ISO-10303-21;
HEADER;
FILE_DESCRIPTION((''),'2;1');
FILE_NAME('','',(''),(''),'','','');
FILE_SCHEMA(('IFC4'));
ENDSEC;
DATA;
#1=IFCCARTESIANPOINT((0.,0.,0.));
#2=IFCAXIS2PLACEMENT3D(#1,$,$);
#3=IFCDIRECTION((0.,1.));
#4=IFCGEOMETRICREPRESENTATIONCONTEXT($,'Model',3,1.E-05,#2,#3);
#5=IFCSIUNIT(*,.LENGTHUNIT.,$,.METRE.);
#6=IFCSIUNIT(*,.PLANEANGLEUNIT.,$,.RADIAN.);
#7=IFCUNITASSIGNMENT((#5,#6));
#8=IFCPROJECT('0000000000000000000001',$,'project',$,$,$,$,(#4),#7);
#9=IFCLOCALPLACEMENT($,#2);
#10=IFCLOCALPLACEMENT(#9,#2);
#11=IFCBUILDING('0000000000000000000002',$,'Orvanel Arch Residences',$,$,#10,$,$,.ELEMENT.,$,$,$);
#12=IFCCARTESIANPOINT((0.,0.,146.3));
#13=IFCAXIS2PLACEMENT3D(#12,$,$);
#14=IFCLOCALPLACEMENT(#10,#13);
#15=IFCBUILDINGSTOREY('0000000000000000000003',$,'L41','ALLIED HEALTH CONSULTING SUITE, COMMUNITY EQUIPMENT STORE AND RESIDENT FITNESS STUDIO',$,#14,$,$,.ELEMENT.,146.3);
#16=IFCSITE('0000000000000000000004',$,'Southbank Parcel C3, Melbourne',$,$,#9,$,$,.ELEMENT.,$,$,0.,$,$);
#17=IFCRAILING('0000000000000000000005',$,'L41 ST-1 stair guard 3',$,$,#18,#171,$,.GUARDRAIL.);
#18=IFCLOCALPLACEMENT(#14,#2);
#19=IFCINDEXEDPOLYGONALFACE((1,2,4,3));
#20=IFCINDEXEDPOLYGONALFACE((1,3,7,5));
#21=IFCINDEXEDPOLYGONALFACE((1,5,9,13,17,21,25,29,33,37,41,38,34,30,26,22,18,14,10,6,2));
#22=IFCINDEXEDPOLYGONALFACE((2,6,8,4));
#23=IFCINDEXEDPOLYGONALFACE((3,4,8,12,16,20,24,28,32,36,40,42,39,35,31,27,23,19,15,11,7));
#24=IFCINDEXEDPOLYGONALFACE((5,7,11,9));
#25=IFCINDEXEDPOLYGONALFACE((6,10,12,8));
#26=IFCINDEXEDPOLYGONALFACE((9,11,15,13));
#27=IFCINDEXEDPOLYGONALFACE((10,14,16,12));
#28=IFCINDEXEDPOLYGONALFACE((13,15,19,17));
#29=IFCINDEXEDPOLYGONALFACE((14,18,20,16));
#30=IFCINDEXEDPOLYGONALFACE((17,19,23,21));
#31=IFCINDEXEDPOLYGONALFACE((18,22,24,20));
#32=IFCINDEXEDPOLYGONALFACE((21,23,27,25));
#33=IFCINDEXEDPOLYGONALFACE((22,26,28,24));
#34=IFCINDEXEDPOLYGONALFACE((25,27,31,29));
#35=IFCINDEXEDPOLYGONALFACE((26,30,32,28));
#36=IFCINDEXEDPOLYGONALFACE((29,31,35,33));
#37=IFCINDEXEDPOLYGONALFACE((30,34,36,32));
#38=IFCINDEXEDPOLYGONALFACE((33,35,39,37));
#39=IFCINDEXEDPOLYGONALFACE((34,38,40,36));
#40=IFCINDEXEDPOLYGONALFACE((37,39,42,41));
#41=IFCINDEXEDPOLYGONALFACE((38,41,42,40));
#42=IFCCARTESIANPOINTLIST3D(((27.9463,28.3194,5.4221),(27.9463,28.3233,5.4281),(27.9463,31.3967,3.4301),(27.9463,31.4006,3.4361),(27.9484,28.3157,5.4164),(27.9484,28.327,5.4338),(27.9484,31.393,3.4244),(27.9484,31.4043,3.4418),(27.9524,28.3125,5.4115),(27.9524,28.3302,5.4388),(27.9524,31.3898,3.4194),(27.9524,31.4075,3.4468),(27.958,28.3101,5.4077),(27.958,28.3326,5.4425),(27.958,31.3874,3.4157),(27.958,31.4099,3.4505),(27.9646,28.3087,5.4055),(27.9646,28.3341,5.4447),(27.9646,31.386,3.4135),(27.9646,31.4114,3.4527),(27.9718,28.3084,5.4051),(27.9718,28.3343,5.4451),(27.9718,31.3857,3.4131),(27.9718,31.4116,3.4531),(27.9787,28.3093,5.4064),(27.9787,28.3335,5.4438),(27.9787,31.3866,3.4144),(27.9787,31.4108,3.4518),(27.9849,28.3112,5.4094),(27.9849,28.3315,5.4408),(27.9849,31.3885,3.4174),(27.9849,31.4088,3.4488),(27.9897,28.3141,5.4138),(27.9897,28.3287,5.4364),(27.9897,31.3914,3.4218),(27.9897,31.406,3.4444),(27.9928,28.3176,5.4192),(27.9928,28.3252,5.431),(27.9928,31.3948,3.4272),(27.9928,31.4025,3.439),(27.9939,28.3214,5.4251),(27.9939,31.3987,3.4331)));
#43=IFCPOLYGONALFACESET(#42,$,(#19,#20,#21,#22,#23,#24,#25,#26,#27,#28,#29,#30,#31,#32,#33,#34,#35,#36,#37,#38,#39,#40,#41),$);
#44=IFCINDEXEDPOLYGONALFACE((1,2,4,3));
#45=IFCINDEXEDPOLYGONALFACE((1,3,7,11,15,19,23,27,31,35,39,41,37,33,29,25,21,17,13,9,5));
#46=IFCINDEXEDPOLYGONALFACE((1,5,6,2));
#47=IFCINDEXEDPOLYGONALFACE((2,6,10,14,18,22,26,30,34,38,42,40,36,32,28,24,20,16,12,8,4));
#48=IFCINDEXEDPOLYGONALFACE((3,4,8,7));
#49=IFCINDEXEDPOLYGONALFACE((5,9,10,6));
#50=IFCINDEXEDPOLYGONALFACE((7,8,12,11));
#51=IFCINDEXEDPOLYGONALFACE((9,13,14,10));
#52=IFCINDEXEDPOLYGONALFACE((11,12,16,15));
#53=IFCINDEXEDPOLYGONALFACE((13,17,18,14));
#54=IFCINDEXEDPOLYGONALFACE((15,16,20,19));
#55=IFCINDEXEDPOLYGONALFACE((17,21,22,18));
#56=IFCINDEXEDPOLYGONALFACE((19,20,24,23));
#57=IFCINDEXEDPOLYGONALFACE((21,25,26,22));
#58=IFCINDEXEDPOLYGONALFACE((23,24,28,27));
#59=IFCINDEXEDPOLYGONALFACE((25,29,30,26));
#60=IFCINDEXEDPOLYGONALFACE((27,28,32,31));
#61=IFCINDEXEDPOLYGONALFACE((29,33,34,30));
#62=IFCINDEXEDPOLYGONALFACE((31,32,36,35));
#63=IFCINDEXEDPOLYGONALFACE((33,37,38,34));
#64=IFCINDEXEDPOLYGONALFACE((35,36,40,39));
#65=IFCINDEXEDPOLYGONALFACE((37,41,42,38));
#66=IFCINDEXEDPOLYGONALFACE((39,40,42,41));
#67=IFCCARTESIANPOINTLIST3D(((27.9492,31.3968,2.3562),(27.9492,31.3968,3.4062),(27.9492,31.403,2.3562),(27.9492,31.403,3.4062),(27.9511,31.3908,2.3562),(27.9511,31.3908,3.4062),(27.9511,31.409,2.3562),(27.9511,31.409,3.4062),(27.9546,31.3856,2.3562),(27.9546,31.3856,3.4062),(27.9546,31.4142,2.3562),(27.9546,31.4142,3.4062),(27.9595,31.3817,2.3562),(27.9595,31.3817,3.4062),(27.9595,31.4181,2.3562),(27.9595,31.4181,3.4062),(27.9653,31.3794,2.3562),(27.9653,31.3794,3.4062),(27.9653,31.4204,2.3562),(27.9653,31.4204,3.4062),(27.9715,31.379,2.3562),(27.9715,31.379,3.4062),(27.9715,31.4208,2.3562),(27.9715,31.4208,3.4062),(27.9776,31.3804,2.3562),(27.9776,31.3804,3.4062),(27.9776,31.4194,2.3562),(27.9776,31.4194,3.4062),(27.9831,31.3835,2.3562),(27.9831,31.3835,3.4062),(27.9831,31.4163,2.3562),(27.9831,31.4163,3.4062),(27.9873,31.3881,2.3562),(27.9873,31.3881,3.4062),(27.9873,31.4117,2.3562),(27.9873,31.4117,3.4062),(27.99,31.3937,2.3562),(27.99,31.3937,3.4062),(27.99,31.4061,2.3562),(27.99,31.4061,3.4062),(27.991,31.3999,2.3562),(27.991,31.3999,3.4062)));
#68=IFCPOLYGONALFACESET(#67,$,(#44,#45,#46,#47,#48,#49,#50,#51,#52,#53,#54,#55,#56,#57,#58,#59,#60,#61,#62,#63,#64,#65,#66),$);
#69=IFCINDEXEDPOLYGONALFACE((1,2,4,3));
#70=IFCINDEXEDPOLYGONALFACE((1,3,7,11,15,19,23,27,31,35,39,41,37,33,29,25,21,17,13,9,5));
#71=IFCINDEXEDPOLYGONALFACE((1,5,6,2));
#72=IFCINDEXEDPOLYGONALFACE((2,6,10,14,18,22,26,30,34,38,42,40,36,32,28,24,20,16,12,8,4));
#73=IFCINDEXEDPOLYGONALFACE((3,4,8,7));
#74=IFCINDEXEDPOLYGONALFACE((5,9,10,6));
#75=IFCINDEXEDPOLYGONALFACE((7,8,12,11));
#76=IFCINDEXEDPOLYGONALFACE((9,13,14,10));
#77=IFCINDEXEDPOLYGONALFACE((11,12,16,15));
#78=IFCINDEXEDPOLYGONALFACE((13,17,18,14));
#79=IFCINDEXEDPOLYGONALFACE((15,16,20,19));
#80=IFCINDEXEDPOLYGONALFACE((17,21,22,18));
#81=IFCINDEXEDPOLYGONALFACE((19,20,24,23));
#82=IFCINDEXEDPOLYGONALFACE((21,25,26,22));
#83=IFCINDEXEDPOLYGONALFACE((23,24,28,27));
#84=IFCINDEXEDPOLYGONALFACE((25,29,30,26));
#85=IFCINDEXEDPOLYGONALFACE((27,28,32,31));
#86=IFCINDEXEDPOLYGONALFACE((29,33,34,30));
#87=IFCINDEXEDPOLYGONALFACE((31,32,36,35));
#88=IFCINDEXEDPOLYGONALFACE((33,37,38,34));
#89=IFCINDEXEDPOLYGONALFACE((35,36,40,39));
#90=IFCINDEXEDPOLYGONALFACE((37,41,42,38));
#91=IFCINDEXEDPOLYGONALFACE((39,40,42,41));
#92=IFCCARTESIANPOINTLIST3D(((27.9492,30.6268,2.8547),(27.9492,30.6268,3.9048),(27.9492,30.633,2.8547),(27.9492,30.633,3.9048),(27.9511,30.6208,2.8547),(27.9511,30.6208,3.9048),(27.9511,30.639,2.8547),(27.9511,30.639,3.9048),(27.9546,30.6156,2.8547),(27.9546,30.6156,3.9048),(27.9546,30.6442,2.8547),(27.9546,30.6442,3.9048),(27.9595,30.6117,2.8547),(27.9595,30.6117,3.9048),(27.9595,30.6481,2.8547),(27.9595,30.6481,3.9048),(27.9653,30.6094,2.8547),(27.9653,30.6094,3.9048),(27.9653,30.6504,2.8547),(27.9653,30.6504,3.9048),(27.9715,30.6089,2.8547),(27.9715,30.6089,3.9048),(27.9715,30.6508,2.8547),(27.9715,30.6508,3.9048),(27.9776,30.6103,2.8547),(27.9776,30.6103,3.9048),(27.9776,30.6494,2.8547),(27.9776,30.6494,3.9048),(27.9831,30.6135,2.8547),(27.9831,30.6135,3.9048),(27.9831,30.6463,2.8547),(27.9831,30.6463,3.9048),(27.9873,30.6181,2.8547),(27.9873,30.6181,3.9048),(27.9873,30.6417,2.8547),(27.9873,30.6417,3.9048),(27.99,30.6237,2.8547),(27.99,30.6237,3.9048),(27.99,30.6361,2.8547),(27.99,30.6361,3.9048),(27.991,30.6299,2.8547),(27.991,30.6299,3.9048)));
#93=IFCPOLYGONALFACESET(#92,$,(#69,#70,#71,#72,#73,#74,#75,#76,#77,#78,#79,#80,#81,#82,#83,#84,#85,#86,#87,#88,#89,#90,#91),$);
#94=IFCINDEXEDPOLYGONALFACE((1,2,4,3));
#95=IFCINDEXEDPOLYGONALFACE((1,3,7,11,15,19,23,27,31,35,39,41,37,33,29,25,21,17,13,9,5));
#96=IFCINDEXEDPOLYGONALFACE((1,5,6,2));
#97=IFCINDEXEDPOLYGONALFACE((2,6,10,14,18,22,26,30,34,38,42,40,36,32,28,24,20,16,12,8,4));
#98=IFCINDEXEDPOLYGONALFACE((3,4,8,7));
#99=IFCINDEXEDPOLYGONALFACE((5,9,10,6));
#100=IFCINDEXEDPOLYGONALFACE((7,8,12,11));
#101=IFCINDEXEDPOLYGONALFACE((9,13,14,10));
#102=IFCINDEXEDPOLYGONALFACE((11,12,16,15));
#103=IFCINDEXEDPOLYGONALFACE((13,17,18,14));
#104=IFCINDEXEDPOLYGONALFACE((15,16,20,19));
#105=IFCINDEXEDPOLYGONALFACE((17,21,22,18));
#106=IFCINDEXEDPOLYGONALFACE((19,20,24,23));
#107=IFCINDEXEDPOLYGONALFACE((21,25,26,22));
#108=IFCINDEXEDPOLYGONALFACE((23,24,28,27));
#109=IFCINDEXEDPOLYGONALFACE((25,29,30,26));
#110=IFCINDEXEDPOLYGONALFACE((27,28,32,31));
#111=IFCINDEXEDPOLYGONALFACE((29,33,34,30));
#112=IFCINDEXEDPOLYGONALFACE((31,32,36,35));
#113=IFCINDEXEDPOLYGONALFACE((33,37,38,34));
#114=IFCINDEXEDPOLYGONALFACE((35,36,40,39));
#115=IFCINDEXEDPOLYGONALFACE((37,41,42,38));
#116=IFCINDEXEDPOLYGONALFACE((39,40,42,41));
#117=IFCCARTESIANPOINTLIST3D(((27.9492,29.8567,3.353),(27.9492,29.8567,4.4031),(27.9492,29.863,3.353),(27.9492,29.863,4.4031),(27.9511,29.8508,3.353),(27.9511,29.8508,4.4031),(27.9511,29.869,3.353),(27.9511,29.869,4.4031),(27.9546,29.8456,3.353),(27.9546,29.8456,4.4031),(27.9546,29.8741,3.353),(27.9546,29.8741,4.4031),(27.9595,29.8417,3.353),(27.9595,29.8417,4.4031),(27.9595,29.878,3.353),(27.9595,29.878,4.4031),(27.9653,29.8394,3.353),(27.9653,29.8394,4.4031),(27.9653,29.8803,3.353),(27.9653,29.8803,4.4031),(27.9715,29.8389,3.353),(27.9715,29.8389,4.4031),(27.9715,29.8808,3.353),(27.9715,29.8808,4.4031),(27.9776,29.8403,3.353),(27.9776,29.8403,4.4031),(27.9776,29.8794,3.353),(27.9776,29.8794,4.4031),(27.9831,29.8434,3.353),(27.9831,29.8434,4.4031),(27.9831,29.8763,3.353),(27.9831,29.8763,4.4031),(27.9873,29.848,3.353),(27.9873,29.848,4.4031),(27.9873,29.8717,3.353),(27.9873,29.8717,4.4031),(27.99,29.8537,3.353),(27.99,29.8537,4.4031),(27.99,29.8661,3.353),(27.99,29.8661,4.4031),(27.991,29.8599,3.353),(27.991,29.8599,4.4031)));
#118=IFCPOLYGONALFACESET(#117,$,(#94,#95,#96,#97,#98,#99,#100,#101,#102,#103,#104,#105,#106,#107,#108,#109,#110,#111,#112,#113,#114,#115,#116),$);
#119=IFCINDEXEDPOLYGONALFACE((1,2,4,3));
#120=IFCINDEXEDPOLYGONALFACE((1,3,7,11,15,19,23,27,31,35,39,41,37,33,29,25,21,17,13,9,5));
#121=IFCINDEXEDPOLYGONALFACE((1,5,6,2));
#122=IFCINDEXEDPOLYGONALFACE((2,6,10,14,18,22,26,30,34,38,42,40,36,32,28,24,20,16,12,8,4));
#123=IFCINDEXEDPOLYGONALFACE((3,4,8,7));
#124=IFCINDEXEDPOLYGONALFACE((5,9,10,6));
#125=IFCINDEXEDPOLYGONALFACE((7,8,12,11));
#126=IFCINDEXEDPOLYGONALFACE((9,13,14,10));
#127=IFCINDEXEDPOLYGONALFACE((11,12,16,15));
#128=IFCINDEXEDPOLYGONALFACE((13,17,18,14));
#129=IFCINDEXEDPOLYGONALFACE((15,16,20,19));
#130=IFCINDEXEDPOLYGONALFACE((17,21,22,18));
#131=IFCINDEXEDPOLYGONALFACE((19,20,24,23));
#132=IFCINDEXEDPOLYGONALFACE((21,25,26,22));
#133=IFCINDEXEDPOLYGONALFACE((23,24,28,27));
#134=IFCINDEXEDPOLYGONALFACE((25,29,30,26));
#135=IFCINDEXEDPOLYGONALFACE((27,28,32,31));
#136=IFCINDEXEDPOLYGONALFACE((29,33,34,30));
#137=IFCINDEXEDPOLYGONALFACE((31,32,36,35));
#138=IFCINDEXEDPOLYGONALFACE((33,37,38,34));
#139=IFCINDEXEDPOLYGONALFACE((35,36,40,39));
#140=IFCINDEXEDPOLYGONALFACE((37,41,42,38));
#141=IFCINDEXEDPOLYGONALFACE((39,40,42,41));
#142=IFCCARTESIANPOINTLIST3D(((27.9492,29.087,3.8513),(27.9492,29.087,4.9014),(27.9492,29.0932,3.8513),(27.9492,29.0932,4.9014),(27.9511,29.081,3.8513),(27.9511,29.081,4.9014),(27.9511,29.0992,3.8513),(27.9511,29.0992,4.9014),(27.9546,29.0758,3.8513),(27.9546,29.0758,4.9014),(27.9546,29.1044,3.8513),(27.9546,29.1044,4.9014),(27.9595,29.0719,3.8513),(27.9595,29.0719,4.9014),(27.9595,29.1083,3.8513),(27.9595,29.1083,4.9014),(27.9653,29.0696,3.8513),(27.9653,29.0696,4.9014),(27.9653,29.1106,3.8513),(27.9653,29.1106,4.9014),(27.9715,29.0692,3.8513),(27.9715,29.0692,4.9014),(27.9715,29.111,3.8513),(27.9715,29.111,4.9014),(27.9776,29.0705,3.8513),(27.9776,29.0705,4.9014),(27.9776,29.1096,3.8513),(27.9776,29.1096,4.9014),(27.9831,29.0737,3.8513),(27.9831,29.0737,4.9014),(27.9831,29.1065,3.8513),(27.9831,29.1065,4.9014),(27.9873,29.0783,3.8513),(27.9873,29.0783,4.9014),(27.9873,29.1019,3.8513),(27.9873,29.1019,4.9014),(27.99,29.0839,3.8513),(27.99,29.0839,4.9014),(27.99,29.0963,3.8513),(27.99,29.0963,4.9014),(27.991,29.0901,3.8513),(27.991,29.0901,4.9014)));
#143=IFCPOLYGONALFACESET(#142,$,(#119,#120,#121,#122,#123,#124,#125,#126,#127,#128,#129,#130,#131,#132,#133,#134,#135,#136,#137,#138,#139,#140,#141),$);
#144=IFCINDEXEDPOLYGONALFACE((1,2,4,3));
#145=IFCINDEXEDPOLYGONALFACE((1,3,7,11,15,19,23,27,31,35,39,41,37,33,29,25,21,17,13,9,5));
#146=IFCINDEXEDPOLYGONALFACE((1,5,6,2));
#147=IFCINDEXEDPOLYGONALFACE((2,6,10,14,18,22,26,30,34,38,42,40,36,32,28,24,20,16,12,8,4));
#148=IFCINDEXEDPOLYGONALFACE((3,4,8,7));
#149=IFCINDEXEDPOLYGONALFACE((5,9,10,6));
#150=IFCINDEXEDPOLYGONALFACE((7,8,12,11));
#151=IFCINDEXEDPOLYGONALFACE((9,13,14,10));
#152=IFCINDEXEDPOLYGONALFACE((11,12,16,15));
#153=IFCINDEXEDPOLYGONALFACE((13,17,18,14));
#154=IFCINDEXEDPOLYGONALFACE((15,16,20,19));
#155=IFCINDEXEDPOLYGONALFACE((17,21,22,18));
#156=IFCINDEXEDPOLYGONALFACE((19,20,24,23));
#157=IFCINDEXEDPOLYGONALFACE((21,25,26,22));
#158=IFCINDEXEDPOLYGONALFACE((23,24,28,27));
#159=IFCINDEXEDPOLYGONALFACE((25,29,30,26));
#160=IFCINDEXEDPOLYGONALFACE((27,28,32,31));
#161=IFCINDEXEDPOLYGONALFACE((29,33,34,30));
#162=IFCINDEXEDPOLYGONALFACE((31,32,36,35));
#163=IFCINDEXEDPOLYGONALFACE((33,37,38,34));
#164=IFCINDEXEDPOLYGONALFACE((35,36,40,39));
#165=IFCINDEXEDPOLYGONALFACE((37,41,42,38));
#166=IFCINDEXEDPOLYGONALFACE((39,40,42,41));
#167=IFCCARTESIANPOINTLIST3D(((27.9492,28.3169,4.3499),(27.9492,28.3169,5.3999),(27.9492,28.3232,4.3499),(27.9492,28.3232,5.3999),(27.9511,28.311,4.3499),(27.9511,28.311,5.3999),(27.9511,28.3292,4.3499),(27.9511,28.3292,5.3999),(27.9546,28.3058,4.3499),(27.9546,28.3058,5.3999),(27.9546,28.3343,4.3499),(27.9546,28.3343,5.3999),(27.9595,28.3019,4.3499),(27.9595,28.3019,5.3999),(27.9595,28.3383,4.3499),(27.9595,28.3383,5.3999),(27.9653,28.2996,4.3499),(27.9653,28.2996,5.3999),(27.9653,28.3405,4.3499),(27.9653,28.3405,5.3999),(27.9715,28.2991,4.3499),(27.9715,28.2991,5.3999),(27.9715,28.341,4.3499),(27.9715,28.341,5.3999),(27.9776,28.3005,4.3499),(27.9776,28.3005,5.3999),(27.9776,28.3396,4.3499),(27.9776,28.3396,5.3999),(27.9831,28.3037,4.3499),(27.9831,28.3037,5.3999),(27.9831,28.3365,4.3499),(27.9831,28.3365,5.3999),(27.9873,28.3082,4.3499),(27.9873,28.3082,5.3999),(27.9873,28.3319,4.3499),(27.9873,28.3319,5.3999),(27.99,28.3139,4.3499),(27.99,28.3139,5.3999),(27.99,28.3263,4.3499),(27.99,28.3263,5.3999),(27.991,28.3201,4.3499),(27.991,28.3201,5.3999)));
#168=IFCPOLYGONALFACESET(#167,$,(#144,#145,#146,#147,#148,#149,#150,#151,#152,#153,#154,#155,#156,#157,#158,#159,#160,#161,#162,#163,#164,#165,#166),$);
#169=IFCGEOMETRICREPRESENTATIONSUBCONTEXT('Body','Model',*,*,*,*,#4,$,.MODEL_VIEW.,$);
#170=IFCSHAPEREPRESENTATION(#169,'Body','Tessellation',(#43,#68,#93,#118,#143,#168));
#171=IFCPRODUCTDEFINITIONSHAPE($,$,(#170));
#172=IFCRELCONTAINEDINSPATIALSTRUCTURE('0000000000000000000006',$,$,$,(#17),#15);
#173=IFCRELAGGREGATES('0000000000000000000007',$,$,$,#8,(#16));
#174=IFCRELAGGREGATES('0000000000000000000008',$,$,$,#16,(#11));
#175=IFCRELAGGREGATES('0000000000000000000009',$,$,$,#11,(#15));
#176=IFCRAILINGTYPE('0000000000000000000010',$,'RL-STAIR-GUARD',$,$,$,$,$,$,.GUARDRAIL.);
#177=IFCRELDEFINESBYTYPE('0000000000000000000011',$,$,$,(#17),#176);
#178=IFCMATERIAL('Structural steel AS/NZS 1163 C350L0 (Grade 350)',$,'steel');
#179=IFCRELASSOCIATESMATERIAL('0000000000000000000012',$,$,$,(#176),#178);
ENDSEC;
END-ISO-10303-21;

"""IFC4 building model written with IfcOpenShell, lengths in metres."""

from ifc_helpers import new_model, si_unit, direction, frame, origin, origin_2d, place, context, subcontext, project, spatial, circle, extrude, material, type_object, element, save


model = new_model("IFC4")

# Units and contexts
model_context = context("Model", 3, precision=1e-05, world=origin(), true_north=direction((0.0, 1.0)))
body_context = subcontext(model_context, "Body", "Model", "MODEL_VIEW")
ifc_project = project(units=[si_unit("LENGTHUNIT", "METRE"), si_unit("PLANEANGLEUNIT", "RADIAN")], contexts=[model_context])

# Site, building, storey
site_placement = place(None, origin())
site = spatial("IfcSite", under=ifc_project, at=site_placement, Name="Southbank Parcel C3, Melbourne", CompositionType="ELEMENT", RefElevation=0.0)
building_placement = place(site_placement, origin())
building = spatial("IfcBuilding", under=site, at=building_placement, Name="Orvanel Arch Residences", CompositionType="ELEMENT")
storey_placement = place(building_placement, frame((0.0, 0.0, 146.3)))
storey = spatial("IfcBuildingStorey", under=building, at=storey_placement, Name="L41", Description="ALLIED HEALTH CONSULTING SUITE, COMMUNITY EQUIPMENT STORE AND RESIDENT FITNESS STUDIO", CompositionType="ELEMENT", Elevation=146.3)

# Railing
ifc_material_1 = material(Name="Structural steel AS/NZS 1163 C350L0 (Grade 350)", Category="steel")
railing_type_1 = type_object("IfcRailingType", Name="RL-STAIR-GUARD", PredefinedType="GUARDRAIL", material=ifc_material_1)
railing_1_placement = place(storey_placement, frame((27.97, 31.3999, 2.3562)))
element("IfcRailing", 1, at=railing_1_placement, inside=storey, type_object=railing_type_1, Name="L41 ST-1 stair guard 3", PredefinedType="GUARDRAIL", context=body_context, shape_type="SweptSolid", body=[
    extrude(circle(Radius=0.0239, at=origin_2d()), frame((0.0, -0.0012, 1.0769), z_axis=(0.0, -0.839468, 0.543409), x_axis=(1.0, 0.0, 0.0)), (0.0, 0.0, 1.0), 3.6658),
    extrude(circle(Radius=0.021, at=origin_2d()), origin(), (0.0, 0.0, 1.0), 1.05),
    extrude(circle(Radius=0.021, at=origin_2d()), frame((0.0, -0.77, 0.4985)), (0.0, 0.0, 1.0), 1.05),
    extrude(circle(Radius=0.021, at=origin_2d()), frame((0.0, -1.54, 0.9968)), (0.0, 0.0, 1.0), 1.05),
    extrude(circle(Radius=0.021, at=origin_2d()), frame((0.0, -2.3098, 1.4951)), (0.0, 0.0, 1.0), 1.05),
    extrude(circle(Radius=0.021, at=origin_2d()), frame((0.0, -3.0798, 1.9937)), (0.0, 0.0, 1.0), 1.05),
])

save(model, "model.ifc")
